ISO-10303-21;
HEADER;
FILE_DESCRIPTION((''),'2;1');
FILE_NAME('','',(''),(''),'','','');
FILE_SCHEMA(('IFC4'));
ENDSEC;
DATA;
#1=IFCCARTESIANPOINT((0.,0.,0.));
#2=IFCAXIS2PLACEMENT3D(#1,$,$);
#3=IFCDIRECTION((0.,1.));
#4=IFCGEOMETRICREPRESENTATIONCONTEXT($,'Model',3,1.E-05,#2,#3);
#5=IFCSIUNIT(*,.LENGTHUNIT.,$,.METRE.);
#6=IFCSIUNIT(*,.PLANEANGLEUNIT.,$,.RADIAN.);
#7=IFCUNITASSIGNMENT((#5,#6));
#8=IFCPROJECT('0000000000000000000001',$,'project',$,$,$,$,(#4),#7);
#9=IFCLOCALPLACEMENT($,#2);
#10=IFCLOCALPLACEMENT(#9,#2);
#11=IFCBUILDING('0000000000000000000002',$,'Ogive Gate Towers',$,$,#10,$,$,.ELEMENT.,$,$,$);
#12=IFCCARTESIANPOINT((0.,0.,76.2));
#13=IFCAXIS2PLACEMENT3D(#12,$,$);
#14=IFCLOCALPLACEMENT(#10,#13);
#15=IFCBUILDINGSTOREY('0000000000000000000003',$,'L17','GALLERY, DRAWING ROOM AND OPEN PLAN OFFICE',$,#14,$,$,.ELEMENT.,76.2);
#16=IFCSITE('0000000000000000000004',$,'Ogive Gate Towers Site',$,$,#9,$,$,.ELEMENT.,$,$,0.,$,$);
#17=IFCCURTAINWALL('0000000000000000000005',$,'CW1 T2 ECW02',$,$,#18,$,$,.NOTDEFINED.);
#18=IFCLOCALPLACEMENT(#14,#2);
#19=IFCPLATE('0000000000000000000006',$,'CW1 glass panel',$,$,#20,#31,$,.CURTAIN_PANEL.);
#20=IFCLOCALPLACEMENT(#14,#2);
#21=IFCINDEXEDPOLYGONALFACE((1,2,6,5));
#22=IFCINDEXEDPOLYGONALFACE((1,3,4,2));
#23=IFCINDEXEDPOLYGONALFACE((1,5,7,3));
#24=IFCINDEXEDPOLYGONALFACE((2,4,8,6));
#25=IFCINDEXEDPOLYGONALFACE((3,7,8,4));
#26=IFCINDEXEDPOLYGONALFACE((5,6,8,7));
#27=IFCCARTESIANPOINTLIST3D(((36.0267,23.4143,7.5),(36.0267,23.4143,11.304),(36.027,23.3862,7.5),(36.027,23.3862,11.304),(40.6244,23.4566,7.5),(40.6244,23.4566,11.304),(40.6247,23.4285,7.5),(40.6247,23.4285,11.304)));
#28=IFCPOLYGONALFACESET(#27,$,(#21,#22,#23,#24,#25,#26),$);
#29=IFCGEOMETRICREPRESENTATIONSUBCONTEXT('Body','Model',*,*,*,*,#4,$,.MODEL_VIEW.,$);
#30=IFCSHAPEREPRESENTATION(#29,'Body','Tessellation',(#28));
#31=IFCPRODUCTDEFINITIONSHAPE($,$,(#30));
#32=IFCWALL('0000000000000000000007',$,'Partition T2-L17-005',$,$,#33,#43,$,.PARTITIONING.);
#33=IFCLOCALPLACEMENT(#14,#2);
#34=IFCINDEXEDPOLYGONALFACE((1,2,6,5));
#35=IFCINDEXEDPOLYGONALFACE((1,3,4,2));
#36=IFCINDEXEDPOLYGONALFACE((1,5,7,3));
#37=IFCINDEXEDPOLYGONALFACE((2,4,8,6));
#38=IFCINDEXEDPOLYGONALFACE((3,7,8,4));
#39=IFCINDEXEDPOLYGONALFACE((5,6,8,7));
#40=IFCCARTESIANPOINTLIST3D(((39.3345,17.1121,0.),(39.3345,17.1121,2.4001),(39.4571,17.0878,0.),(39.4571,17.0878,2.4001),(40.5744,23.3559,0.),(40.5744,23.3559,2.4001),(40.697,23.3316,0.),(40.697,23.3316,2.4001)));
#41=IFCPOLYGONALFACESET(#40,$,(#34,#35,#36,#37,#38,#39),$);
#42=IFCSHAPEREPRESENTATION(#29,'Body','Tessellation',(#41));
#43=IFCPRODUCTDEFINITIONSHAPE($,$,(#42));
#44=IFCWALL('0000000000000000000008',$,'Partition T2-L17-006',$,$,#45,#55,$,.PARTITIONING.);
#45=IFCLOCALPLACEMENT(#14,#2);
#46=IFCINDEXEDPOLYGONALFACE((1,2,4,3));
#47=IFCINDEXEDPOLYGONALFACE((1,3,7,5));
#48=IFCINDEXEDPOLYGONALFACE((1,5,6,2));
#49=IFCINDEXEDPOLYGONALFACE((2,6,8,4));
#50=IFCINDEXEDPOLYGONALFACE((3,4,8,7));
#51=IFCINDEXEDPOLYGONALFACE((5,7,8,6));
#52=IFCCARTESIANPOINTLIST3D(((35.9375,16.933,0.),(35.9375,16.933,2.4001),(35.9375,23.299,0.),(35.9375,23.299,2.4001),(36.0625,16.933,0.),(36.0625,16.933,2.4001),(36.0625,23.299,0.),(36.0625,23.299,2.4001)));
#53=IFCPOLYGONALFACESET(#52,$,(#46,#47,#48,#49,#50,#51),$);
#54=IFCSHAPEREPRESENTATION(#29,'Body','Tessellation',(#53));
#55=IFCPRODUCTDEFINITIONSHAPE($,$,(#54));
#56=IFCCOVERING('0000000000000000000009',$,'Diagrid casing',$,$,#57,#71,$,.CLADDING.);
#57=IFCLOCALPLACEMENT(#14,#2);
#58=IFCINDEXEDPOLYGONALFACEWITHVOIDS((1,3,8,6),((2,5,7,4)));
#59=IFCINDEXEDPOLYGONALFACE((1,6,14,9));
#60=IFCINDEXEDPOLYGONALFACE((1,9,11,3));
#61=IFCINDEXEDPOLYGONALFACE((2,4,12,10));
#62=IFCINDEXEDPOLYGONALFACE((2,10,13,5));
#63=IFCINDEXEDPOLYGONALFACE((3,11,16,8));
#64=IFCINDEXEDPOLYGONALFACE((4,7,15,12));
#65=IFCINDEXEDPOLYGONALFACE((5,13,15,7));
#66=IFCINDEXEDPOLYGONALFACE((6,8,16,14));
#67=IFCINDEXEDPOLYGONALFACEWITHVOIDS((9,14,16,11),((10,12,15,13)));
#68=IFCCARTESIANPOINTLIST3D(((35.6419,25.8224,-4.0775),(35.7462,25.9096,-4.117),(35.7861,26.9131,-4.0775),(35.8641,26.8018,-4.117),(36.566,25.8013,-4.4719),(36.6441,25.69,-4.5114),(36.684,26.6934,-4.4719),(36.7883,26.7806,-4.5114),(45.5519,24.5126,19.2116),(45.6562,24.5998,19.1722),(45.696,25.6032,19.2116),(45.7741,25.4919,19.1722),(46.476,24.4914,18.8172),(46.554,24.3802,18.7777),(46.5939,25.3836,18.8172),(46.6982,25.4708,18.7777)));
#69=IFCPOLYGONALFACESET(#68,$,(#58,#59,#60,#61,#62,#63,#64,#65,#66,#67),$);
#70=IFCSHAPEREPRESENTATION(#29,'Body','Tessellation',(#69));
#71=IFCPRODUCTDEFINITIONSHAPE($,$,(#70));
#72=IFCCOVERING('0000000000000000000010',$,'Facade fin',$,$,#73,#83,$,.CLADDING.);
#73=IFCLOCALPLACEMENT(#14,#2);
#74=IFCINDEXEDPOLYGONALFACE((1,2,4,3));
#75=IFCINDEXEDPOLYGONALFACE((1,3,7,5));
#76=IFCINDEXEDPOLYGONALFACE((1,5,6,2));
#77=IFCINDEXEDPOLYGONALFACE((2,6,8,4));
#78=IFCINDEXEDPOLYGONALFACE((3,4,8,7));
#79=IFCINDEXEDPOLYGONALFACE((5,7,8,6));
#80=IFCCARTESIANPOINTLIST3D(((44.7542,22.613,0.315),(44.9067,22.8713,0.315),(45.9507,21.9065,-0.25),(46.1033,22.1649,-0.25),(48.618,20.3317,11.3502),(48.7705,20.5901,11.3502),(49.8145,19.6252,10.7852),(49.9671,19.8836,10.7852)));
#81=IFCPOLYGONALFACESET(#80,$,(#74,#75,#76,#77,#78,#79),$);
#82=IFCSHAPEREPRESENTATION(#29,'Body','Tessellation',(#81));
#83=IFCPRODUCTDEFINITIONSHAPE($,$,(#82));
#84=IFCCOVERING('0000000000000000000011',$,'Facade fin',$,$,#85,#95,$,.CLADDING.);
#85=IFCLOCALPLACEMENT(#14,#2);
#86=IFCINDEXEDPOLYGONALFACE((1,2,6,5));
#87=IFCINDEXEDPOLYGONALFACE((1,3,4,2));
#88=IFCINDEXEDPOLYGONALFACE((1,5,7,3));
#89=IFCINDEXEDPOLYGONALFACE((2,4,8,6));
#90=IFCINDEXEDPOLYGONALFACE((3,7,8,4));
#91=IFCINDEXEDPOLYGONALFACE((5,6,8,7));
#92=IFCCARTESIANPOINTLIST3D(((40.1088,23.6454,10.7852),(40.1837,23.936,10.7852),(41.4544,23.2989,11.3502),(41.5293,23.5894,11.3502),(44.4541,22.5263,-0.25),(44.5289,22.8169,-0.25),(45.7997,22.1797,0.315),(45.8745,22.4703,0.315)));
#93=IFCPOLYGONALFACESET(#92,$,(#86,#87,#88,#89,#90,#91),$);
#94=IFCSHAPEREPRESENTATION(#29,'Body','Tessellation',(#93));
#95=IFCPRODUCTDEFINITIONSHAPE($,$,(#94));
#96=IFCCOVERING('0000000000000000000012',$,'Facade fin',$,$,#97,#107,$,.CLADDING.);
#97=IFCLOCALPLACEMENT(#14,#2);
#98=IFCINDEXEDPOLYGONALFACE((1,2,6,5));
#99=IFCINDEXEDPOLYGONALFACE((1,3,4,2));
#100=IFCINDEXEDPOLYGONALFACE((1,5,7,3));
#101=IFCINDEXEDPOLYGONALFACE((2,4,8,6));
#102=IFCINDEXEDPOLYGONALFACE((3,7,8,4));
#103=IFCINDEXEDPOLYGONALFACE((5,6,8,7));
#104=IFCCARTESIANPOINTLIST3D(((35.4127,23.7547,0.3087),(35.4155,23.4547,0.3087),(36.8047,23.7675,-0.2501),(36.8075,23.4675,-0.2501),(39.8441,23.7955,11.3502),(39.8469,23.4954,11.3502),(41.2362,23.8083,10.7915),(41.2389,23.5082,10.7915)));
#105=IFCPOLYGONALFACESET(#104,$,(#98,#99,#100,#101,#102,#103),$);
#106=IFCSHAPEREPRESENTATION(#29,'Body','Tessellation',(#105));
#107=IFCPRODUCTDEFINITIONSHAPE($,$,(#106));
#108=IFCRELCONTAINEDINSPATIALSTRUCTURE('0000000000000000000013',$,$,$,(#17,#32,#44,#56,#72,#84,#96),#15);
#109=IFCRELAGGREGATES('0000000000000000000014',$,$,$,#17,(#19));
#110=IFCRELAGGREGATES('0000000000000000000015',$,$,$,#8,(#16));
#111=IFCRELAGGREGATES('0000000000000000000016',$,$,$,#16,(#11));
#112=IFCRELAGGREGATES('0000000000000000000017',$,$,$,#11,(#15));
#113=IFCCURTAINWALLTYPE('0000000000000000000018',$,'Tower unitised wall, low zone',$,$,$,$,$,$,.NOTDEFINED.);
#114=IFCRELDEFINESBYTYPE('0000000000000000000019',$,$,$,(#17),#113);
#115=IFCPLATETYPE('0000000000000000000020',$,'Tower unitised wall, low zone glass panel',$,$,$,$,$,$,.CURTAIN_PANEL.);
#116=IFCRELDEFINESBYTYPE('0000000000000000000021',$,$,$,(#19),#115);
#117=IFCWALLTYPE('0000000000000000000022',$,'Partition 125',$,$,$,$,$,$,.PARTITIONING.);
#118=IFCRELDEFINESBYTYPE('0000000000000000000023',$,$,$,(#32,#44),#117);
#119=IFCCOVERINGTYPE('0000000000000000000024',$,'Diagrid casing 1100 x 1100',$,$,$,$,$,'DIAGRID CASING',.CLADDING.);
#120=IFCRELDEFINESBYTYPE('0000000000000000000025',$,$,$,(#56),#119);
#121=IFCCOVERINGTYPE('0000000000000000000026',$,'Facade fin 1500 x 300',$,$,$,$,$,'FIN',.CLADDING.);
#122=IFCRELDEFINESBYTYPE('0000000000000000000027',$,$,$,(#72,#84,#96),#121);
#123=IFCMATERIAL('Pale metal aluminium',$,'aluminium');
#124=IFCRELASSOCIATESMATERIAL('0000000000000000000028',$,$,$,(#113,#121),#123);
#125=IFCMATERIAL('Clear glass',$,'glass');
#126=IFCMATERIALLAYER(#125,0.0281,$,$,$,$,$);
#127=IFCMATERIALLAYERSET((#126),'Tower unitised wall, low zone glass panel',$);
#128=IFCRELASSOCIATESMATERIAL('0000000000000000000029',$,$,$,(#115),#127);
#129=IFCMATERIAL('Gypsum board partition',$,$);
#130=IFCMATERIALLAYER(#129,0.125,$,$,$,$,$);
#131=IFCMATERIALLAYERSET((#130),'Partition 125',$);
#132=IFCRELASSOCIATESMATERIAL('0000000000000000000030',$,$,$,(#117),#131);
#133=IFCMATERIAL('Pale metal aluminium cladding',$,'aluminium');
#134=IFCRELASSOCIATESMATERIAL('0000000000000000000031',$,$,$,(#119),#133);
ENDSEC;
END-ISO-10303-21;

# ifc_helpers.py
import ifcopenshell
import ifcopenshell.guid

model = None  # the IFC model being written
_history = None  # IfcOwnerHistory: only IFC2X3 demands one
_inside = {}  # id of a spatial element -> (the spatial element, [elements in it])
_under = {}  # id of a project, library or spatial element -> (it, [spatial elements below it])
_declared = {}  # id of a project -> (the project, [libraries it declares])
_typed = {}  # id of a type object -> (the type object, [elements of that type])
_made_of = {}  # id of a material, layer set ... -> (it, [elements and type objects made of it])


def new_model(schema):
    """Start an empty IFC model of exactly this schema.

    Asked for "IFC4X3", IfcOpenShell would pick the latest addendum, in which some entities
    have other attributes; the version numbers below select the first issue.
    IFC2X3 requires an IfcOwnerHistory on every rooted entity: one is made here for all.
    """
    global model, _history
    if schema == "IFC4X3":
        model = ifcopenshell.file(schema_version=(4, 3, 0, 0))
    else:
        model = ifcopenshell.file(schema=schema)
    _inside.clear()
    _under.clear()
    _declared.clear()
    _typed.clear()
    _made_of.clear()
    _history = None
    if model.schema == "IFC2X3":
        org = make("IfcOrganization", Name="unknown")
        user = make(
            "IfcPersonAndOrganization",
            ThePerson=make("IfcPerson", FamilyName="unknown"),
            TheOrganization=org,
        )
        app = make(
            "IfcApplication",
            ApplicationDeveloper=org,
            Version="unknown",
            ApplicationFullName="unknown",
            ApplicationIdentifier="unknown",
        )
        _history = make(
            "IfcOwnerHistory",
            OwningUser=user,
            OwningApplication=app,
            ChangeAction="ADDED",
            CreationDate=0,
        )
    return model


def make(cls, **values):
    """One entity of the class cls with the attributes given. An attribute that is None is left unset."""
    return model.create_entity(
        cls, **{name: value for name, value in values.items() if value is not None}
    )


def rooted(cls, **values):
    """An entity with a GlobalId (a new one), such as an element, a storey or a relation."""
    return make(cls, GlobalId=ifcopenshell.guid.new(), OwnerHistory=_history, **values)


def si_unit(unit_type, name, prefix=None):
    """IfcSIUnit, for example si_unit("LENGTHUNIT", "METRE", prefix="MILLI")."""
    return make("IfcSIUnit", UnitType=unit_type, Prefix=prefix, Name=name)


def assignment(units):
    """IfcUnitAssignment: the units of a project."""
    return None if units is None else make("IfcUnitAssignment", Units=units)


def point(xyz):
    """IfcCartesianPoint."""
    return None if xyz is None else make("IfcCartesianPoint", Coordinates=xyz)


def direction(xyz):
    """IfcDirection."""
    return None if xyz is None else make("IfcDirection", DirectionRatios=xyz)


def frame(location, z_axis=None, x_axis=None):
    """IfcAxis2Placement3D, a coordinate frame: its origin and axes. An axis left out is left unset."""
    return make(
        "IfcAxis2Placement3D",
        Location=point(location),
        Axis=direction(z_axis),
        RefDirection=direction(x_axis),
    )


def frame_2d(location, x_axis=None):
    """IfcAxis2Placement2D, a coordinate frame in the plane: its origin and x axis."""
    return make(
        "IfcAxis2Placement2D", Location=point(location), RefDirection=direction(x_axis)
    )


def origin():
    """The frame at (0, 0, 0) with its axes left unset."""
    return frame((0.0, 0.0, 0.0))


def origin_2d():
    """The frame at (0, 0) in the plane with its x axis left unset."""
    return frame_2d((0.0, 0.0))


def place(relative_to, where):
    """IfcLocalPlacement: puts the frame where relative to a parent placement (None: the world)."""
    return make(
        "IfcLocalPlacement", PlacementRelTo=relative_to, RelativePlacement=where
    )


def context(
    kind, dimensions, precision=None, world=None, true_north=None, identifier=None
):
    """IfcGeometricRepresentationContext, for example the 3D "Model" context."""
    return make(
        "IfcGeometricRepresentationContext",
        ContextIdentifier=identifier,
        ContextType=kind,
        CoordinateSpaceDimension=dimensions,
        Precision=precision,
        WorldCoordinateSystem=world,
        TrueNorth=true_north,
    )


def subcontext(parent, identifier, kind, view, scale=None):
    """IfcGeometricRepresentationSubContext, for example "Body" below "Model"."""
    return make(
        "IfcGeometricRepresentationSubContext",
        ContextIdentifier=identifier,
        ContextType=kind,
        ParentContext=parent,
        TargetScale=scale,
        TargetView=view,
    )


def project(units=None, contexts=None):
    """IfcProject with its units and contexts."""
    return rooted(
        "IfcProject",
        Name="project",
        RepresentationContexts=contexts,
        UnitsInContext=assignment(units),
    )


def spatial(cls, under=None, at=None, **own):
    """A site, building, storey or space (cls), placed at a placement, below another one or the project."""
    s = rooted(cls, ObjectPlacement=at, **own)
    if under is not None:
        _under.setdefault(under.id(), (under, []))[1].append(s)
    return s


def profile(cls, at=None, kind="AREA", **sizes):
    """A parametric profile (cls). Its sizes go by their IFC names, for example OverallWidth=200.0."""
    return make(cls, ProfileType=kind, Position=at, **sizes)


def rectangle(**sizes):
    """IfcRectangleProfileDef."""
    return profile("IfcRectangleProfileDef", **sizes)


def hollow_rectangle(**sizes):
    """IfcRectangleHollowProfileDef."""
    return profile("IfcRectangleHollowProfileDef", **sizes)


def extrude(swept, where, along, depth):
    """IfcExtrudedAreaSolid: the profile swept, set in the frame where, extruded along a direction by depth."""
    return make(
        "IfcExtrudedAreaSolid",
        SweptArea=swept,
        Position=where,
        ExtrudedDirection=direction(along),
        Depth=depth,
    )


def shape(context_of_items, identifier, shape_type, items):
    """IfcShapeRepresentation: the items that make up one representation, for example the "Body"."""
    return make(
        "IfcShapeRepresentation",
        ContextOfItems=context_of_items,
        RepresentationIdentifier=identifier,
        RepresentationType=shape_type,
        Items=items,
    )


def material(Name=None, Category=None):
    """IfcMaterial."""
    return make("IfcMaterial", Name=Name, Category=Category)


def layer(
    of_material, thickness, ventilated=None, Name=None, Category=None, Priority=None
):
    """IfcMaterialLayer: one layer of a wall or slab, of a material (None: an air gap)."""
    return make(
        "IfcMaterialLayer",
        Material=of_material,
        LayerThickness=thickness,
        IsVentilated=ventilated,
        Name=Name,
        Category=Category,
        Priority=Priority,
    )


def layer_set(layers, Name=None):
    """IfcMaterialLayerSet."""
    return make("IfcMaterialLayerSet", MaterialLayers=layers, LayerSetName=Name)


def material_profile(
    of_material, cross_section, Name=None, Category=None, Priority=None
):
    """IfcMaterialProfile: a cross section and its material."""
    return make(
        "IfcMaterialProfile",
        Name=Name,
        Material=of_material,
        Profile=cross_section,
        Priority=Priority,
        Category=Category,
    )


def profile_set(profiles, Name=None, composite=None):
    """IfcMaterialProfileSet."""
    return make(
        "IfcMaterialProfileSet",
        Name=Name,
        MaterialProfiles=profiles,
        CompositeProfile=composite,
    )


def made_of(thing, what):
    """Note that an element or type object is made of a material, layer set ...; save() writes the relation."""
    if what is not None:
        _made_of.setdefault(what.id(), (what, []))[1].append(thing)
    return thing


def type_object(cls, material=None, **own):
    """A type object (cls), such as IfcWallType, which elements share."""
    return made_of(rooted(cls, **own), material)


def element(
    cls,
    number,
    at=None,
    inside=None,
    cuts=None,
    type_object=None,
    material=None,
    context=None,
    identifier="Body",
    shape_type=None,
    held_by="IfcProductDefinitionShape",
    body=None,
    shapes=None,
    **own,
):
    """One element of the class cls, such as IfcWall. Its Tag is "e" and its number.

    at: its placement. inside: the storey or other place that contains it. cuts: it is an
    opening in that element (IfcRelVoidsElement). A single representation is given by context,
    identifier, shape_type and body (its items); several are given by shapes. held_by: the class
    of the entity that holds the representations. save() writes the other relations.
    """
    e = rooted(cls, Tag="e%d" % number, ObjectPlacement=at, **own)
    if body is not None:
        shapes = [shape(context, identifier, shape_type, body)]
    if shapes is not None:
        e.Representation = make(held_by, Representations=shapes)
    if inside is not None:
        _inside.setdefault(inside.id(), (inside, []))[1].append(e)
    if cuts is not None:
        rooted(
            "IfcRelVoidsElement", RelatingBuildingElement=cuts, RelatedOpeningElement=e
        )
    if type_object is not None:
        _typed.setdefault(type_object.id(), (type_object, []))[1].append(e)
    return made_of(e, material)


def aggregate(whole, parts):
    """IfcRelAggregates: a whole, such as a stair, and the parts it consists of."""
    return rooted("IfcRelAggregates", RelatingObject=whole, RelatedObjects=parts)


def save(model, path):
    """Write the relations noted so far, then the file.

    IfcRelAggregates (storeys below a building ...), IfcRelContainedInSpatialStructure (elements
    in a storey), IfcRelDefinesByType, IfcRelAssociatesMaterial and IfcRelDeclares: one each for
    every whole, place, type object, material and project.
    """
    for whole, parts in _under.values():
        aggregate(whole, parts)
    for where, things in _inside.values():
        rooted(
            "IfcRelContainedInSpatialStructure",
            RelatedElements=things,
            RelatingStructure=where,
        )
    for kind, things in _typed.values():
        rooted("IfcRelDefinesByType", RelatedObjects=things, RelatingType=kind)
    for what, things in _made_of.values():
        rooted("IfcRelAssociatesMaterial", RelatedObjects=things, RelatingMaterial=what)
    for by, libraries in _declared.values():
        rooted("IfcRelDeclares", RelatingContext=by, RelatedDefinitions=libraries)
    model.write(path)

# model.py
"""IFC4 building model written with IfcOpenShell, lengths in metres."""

from ifc_helpers import new_model, si_unit, direction, frame, frame_2d, origin, origin_2d, place, context, subcontext, project, spatial, rectangle, hollow_rectangle, extrude, material, layer, layer_set, material_profile, profile_set, type_object, element, aggregate, save


model = new_model("IFC4")

# Units and contexts
model_context = context("Model", 3, precision=1e-05, world=origin(), true_north=direction((0.0, 1.0)))
body_context = subcontext(model_context, "Body", "Model", "MODEL_VIEW")
ifc_project = project(units=[si_unit("LENGTHUNIT", "METRE"), si_unit("PLANEANGLEUNIT", "RADIAN")], contexts=[model_context])

# Site, building, storey
site_placement = place(None, origin())
site = spatial("IfcSite", under=ifc_project, at=site_placement, Name="Ogive Gate Towers Site", CompositionType="ELEMENT", RefElevation=0.0)
building_placement = place(site_placement, origin())
building = spatial("IfcBuilding", under=site, at=building_placement, Name="Ogive Gate Towers", CompositionType="ELEMENT")
storey_placement = place(building_placement, frame((0.0, 0.0, 76.2)))
storey = spatial("IfcBuildingStorey", under=building, at=storey_placement, Name="L17", Description="GALLERY, DRAWING ROOM AND OPEN PLAN OFFICE", CompositionType="ELEMENT", Elevation=76.2)

# Curtain wall, plate
ifc_material_1 = material(Name="Pale metal aluminium", Category="aluminium")
curtain_wall_type = type_object("IfcCurtainWallType", Name="Tower unitised wall, low zone", PredefinedType="NOTDEFINED", material=ifc_material_1)
curtain_wall_placement = place(storey_placement, origin())
curtain_wall = element("IfcCurtainWall", 1, at=curtain_wall_placement, inside=storey, type_object=curtain_wall_type, Name="CW1 T2 ECW02", PredefinedType="NOTDEFINED")
ifc_material_2 = material(Name="Clear glass", Category="glass")
ifc_layer_1 = layer(ifc_material_2, 0.0281)
ifc_layer_set_1 = layer_set([ifc_layer_1], Name="Tower unitised wall, low zone glass panel")
plate_type = type_object("IfcPlateType", Name="Tower unitised wall, low zone glass panel", PredefinedType="CURTAIN_PANEL", material=ifc_layer_set_1)
plate_1_placement = place(storey_placement, frame((38.3257, 23.4214, 7.5), z_axis=(0.0, 0.0, 1.0), x_axis=(-0.999958, -0.009198, 0.0)))
plate_1 = element("IfcPlate", 2, at=plate_1_placement, type_object=plate_type, Name="CW1 glass panel", PredefinedType="CURTAIN_PANEL", context=body_context, shape_type="SweptSolid", body=[
    extrude(rectangle(XDim=4.5979, YDim=0.0281, at=origin_2d()), origin(), (0.0, 0.0, 1.0), 3.804),
])
aggregate(curtain_wall, [plate_1])

# Walls
ifc_material_3 = material(Name="Gypsum board partition")
ifc_layer_2 = layer(ifc_material_3, 0.125)
ifc_layer_set_2 = layer_set([ifc_layer_2], Name="Partition 125")
wall_type = type_object("IfcWallType", Name="Partition 125", PredefinedType="PARTITIONING", material=ifc_layer_set_2)
wall_1_placement = place(storey_placement, frame((40.6357, 23.3438, 0.0), z_axis=(0.0, 0.0, 1.0), x_axis=(-0.194788, -0.980845, 0.0)))
element("IfcWall", 3, at=wall_1_placement, inside=storey, type_object=wall_type, Name="Partition T2-L17-005", PredefinedType="PARTITIONING", context=body_context, shape_type="SweptSolid", body=[
    extrude(rectangle(XDim=6.3657, YDim=0.125, at=frame_2d((3.1829, 0.0))), origin(), (0.0, 0.0, 1.0), 2.4001),
])
wall_2_placement = place(storey_placement, frame((36.0, 23.2991, 0.0), z_axis=(0.0, 0.0, 1.0), x_axis=(0.0, -1.0, 0.0)))
element("IfcWall", 4, at=wall_2_placement, inside=storey, type_object=wall_type, Name="Partition T2-L17-006", PredefinedType="PARTITIONING", context=body_context, shape_type="SweptSolid", body=[
    extrude(rectangle(XDim=6.366, YDim=0.125, at=frame_2d((3.1831, 0.0))), origin(), (0.0, 0.0, 1.0), 2.4001),
])

# Coverings
ifc_material_4 = material(Name="Pale metal aluminium cladding", Category="aluminium")
ifc_material_profile_1 = material_profile(ifc_material_4, hollow_rectangle(XDim=1.1001, YDim=1.1001, WallThickness=0.1001, at=origin_2d()), Name="1100 x 1100 pale metal casing")
ifc_profile_set_1 = profile_set([ifc_material_profile_1], Name="Pale metal aluminium cladding")
covering_type_1 = type_object("IfcCoveringType", Name="Diagrid casing 1100 x 1100", ElementType="DIAGRID CASING", PredefinedType="CLADDING", material=ifc_profile_set_1)
covering_1_placement = place(storey_placement, frame((36.2151, 26.3015, -4.2944), z_axis=(0.391021, -0.051682, 0.91893), x_axis=(0.131033, 0.991378, 0.0)))
element("IfcCovering", 5, at=covering_1_placement, inside=storey, type_object=covering_type_1, Name="Diagrid casing", PredefinedType="CLADDING", context=body_context, shape_type="SweptSolid", body=[
    extrude(hollow_rectangle(XDim=1.1001, YDim=1.1001, WallThickness=0.1001, at=origin_2d()), origin(), (0.0, 0.0, 1.0), 25.3438),
])
ifc_material_profile_2 = material_profile(ifc_material_1, rectangle(XDim=0.3, YDim=1.5, at=origin_2d()), Name="1500 x 300 pale metal aluminium")
ifc_profile_set_2 = profile_set([ifc_material_profile_2], Name="Pale metal aluminium")
covering_type_2 = type_object("IfcCoveringType", Name="Facade fin 1500 x 300", ElementType="FIN", PredefinedType="CLADDING", material=ifc_profile_set_2)
for number, where, z_axis, x_axis, name in (
    (6, (45.4287, 22.3889, 0.0325), (0.324346, -0.191501, 0.926352), (0.508418, 0.861111, 0.0), "Facade fin"),
    (7, (45.1643, 22.4983, 0.0325), (-0.36476, 0.093947, 0.92635), (-0.249417, -0.968396, 0.0), "Facade fin"),
):
    element("IfcCovering", number, at=place(storey_placement, frame(where, z_axis=z_axis, x_axis=x_axis)), inside=storey, type_object=covering_type_2, Name=name, PredefinedType="CLADDING", context=body_context, shape_type="SweptSolid", body=[
        extrude(rectangle(XDim=0.3, YDim=1.5, at=origin_2d()), origin(), (0.0, 0.0, 1.0), 11.9126),
    ])
covering_2_placement = place(storey_placement, frame((36.1101, 23.6111, 0.0293), z_axis=(0.37246, 0.003427, 0.928042), x_axis=(-0.0092, 0.999958, 0.0)))
element("IfcCovering", 8, at=covering_2_placement, inside=storey, type_object=covering_type_2, Name="Facade fin", PredefinedType="CLADDING", context=body_context, shape_type="SweptSolid", body=[
    extrude(rectangle(XDim=0.3, YDim=1.5, at=origin_2d()), origin(), (0.0, 0.0, 1.0), 11.8977),
])

save(model, "model.ifc")
